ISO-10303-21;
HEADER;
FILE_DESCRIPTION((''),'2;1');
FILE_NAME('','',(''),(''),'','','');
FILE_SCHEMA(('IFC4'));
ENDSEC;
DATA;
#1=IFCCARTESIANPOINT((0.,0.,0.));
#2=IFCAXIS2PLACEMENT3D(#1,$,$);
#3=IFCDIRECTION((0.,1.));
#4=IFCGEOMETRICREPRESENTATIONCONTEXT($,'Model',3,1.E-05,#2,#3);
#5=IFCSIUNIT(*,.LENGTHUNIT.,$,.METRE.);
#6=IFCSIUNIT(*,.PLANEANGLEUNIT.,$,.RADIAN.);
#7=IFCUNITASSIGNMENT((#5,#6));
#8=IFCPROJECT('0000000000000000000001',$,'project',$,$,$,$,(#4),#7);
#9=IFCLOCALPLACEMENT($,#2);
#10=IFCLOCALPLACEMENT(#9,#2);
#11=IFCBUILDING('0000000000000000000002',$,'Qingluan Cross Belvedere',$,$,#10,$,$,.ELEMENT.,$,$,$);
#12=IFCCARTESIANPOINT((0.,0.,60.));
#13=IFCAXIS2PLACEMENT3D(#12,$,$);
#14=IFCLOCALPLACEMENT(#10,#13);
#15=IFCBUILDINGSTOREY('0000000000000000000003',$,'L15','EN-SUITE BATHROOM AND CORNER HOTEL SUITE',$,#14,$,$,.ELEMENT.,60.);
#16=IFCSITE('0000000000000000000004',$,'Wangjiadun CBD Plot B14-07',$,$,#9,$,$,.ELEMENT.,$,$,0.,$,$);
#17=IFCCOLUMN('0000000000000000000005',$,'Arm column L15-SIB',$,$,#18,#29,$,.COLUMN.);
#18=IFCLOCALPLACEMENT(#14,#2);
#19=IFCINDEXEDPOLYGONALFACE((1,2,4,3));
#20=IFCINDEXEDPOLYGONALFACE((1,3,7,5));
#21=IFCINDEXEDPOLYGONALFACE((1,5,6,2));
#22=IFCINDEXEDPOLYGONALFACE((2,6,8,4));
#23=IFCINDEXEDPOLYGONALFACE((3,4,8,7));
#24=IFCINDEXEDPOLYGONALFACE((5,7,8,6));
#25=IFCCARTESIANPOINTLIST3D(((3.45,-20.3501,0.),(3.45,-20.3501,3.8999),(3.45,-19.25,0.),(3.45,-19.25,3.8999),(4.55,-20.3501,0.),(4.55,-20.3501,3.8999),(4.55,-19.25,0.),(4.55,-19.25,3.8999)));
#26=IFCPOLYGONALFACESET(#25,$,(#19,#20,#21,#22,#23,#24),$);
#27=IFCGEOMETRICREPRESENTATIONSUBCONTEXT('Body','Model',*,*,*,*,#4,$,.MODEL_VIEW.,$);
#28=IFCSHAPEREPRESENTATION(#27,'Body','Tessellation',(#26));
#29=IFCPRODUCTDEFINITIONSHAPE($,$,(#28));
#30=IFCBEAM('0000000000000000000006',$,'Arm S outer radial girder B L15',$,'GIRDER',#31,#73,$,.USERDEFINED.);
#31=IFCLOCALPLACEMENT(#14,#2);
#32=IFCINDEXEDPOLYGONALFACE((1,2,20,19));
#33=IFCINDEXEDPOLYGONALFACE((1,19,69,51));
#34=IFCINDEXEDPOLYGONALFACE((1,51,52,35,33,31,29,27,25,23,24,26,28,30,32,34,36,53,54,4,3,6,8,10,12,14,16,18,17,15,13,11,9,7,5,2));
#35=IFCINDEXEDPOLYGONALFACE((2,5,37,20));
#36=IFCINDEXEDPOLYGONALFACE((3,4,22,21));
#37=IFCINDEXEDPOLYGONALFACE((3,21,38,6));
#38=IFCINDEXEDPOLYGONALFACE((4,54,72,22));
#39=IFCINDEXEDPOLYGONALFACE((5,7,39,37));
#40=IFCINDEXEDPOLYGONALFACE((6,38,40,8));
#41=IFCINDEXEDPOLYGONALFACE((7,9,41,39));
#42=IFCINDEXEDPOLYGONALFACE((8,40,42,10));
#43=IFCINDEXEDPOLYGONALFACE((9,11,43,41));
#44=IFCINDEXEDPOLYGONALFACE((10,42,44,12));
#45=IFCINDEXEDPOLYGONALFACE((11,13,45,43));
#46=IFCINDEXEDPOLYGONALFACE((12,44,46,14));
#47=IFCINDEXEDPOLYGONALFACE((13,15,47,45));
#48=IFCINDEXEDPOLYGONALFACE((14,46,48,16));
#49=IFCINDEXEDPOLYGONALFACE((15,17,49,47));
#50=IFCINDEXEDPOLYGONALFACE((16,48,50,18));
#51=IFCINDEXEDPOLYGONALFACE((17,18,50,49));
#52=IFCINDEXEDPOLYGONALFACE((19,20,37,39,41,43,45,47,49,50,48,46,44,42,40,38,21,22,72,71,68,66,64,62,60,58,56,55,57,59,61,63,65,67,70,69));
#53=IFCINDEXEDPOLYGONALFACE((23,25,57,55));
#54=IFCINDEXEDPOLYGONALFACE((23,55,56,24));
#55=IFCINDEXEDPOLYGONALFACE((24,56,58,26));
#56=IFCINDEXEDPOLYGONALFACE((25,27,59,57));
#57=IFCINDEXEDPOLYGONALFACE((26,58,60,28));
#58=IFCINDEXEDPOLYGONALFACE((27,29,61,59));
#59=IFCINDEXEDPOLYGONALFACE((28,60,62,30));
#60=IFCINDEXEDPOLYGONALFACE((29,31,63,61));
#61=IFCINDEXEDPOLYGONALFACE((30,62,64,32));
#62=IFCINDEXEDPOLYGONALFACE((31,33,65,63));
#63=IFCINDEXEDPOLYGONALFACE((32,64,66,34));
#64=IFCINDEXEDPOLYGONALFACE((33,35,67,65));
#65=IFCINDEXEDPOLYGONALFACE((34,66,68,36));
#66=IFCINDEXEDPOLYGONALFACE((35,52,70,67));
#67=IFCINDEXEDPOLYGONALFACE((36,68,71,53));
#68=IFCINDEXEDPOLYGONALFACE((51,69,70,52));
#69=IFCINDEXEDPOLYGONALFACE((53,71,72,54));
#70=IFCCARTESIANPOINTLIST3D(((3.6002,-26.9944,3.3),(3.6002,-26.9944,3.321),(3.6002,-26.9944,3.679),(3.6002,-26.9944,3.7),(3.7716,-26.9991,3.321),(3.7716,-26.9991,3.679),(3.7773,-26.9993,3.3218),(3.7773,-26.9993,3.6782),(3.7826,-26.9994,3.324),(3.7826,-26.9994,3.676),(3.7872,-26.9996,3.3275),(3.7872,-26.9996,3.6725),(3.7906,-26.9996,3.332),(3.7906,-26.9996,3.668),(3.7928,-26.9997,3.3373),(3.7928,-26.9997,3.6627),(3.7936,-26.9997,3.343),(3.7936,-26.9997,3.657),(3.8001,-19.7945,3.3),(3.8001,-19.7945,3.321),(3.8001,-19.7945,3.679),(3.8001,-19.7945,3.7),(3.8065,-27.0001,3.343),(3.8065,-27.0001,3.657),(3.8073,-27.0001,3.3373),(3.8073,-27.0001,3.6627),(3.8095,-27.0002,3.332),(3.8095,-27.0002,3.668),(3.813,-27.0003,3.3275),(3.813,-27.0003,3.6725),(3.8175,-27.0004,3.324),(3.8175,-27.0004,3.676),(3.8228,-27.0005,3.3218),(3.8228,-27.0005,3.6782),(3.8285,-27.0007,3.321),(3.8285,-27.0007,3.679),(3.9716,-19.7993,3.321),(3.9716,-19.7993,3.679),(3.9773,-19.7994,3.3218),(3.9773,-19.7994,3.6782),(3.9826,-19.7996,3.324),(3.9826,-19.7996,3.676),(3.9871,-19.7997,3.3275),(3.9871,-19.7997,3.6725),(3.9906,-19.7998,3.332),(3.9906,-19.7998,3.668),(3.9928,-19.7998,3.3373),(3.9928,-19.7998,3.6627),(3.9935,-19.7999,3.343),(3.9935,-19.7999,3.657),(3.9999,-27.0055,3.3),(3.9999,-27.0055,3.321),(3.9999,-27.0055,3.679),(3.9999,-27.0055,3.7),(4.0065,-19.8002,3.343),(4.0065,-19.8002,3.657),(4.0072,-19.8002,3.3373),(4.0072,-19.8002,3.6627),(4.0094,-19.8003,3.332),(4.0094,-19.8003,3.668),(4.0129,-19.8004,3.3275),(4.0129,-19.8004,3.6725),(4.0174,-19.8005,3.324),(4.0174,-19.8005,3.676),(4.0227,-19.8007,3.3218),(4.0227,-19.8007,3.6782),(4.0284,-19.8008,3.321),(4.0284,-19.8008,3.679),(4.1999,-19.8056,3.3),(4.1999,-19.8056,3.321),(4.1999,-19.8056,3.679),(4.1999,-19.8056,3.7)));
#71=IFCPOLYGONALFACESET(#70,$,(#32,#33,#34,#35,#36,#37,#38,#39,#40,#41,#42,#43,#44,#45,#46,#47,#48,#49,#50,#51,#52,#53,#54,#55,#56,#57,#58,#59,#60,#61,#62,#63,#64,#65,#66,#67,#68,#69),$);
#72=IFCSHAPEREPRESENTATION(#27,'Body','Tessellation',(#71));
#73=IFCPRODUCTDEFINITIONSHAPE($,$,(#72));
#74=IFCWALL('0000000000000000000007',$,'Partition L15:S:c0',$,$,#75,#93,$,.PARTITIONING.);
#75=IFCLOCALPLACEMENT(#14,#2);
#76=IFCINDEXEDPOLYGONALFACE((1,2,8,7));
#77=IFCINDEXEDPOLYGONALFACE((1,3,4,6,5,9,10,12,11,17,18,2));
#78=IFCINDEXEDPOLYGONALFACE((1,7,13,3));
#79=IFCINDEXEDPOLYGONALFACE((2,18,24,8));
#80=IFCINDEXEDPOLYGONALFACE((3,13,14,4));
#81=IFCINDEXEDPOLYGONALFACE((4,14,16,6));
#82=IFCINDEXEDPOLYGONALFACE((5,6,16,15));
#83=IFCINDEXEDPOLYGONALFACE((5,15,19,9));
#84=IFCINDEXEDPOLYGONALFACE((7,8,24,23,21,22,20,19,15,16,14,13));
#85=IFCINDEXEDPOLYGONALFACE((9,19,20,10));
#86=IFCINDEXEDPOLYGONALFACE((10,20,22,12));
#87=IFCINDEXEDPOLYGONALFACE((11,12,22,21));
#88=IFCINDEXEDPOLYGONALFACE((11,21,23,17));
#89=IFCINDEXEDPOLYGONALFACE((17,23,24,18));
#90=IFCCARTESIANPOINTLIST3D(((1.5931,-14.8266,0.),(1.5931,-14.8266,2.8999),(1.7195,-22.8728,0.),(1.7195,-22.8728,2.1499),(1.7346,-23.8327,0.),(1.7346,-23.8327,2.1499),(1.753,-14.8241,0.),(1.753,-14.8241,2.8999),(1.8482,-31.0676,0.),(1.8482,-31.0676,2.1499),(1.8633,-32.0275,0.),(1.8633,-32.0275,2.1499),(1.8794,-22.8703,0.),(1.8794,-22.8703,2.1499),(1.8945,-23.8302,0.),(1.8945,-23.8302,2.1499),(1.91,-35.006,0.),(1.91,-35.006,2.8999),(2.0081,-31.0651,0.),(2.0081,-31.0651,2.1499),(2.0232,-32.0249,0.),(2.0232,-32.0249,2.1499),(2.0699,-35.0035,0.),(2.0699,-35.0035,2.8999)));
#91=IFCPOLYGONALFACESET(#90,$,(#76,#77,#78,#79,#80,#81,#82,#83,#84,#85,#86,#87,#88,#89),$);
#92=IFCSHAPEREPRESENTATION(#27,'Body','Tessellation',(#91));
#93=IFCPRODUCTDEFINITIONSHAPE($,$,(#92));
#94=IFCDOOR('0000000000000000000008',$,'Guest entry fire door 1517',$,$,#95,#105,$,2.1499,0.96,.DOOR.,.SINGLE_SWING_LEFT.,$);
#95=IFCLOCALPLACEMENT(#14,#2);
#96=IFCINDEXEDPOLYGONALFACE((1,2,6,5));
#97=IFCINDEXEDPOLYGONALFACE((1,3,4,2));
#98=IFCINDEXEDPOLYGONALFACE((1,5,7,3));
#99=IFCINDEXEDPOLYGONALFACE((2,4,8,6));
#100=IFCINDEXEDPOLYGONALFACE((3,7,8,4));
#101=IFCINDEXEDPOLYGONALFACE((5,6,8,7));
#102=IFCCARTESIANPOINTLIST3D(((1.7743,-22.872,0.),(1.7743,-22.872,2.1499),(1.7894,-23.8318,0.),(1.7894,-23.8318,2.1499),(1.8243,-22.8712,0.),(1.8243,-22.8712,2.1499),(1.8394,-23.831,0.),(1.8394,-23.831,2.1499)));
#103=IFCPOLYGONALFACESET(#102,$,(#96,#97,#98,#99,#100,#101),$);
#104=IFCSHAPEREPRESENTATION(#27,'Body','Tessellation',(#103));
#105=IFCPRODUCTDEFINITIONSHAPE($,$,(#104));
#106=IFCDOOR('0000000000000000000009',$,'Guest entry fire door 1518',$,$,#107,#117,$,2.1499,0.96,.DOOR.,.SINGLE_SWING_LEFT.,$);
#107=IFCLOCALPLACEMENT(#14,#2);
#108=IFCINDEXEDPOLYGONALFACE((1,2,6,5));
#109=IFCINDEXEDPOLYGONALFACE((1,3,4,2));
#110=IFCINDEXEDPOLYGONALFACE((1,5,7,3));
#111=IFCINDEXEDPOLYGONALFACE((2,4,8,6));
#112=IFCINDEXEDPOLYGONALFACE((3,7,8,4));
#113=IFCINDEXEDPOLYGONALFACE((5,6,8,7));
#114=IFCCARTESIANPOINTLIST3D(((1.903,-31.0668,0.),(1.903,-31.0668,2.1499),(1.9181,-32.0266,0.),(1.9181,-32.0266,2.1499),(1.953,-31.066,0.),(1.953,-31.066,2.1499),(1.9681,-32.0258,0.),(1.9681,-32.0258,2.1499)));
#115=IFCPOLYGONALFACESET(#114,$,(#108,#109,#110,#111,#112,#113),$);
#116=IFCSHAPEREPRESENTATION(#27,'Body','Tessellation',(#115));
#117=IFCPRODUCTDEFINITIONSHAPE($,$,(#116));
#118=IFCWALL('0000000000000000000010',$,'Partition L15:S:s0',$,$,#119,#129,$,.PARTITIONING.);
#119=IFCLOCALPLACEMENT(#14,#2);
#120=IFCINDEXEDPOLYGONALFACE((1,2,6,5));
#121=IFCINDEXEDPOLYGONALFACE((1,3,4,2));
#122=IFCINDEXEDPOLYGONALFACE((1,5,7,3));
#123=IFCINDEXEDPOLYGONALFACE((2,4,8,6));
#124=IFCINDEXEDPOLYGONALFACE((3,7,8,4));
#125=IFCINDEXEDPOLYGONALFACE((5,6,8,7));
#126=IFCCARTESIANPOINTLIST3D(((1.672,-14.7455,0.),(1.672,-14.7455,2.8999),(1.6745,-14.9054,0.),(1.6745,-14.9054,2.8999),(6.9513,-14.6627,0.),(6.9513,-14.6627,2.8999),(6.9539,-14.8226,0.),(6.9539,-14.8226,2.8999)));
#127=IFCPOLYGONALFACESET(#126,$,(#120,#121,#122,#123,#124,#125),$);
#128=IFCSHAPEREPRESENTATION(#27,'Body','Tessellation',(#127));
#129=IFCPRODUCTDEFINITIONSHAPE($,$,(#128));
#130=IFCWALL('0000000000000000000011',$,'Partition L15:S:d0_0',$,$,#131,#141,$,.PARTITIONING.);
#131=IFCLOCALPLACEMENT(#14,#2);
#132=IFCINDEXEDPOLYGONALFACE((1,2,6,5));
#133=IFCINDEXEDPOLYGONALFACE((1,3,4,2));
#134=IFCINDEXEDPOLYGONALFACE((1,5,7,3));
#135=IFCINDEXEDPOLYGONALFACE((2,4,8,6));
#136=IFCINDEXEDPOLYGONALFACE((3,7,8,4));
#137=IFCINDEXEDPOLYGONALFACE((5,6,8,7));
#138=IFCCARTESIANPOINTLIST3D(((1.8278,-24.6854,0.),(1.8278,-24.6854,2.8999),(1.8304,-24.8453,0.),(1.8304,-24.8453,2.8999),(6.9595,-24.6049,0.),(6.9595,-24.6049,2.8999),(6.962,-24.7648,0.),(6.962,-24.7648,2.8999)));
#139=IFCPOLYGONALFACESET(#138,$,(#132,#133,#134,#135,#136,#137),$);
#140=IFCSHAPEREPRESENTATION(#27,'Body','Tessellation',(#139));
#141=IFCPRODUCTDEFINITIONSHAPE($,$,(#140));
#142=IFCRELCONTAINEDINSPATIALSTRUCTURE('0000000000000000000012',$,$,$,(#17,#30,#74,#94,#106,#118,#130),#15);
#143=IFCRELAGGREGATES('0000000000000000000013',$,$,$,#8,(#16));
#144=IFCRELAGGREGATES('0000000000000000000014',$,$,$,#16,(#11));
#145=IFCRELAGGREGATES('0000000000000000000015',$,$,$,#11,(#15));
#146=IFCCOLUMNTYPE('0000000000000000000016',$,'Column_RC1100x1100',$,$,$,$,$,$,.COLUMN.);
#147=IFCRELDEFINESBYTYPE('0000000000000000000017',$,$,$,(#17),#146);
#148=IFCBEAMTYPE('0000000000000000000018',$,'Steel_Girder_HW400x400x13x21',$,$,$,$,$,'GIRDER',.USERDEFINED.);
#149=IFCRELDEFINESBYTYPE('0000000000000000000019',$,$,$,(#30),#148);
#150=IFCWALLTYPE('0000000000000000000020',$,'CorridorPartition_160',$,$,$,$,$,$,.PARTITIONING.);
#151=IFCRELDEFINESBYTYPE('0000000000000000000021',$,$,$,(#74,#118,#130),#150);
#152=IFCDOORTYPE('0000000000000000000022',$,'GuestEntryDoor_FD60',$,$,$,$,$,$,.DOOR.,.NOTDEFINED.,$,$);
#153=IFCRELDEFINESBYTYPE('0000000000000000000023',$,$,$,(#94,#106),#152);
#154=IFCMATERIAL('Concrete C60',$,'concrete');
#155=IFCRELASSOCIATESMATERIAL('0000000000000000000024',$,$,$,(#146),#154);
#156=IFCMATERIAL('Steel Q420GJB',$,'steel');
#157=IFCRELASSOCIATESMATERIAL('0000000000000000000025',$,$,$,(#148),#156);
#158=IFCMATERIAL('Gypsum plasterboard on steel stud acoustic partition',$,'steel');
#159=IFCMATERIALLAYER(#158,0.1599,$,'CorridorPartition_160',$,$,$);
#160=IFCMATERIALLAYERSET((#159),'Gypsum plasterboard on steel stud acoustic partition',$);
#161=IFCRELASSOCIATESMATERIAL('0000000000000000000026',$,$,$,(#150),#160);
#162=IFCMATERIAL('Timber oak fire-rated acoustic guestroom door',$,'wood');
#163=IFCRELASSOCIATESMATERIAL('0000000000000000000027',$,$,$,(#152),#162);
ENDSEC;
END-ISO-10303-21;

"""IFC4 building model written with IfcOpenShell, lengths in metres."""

from ifc_helpers import new_model, si_unit, direction, frame, frame_2d, origin, origin_2d, place, context, subcontext, project, spatial, rectangle, i_section, extrude, material, layer, layer_set, material_profile, profile_set, type_object, element, fill, save


model = new_model("IFC4")

# Units and contexts
model_context = context("Model", 3, precision=1e-05, world=origin(), true_north=direction((0.0, 1.0)))
body_context = subcontext(model_context, "Body", "Model", "MODEL_VIEW")
ifc_project = project(units=[si_unit("LENGTHUNIT", "METRE"), si_unit("PLANEANGLEUNIT", "RADIAN")], contexts=[model_context])

# Site, building, storey
site_placement = place(None, origin())
site = spatial("IfcSite", under=ifc_project, at=site_placement, Name="Wangjiadun CBD Plot B14-07", CompositionType="ELEMENT", RefElevation=0.0)
building_placement = place(site_placement, origin())
building = spatial("IfcBuilding", under=site, at=building_placement, Name="Qingluan Cross Belvedere", CompositionType="ELEMENT")
storey_placement = place(building_placement, frame((0.0, 0.0, 60.0)))
storey = spatial("IfcBuildingStorey", under=building, at=storey_placement, Name="L15", Description="EN-SUITE BATHROOM AND CORNER HOTEL SUITE", CompositionType="ELEMENT", Elevation=60.0)

# Column
ifc_material_1 = material(Name="Concrete C60", Category="concrete")
ifc_material_profile_1 = material_profile(ifc_material_1, rectangle(XDim=1.1001, YDim=1.1001, at=origin_2d()), Name="RC1100x1100")
ifc_profile_set_1 = profile_set([ifc_material_profile_1], Name="Concrete C60")
column_type = type_object("IfcColumnType", Name="Column_RC1100x1100", PredefinedType="COLUMN", material=ifc_profile_set_1)
column_placement = place(storey_placement, frame((4.0, -19.8, 0.0), z_axis=(0.0, 0.0, 1.0), x_axis=(1.0, 0.0, 0.0)))
element("IfcColumn", 1, at=column_placement, inside=storey, type_object=column_type, Name="Arm column L15-SIB", PredefinedType="COLUMN", context=body_context, shape_type="SweptSolid", body=[
    extrude(rectangle(XDim=1.1001, YDim=1.1001, at=origin_2d()), origin(), (0.0, 0.0, 1.0), 3.8999),
])

# Beam
ifc_material_2 = material(Name="Steel Q420GJB", Category="steel")
ifc_material_profile_2 = material_profile(ifc_material_2, i_section(OverallWidth=0.3999, OverallDepth=0.3999, WebThickness=0.0129, FlangeThickness=0.021, FilletRadius=0.022, at=origin_2d()), Name="HW400x400x13x21")
ifc_profile_set_2 = profile_set([ifc_material_profile_2], Name="Steel Q420GJB")
beam_type = type_object("IfcBeamType", Name="Steel_Girder_HW400x400x13x21", ElementType="GIRDER", PredefinedType="USERDEFINED", material=ifc_profile_set_2)
beam_placement = place(storey_placement, frame((4.0, -19.8, 3.5), z_axis=(-0.02776, -0.999615, 0.0), x_axis=(0.999615, -0.02776, 0.0)))
element("IfcBeam", 2, at=beam_placement, inside=storey, type_object=beam_type, Name="Arm S outer radial girder B L15", ObjectType="GIRDER", PredefinedType="USERDEFINED", context=body_context, shape_type="SweptSolid", body=[
    extrude(i_section(OverallWidth=0.3999, OverallDepth=0.3999, WebThickness=0.0129, FlangeThickness=0.021, FilletRadius=0.022, at=origin_2d()), origin(), (0.0, 0.0, 1.0), 7.2026),
])

# Wall, openings, doors
ifc_material_3 = material(Name="Gypsum plasterboard on steel stud acoustic partition", Category="steel")
ifc_layer_1 = layer(ifc_material_3, 0.1599, Name="CorridorPartition_160")
ifc_layer_set_1 = layer_set([ifc_layer_1], Name="Gypsum plasterboard on steel stud acoustic partition")
wall_type_1 = type_object("IfcWallType", Name="CorridorPartition_160", PredefinedType="PARTITIONING", material=ifc_layer_set_1)
wall_1_placement = place(storey_placement, frame((1.6731, -14.8254, 0.0), z_axis=(0.0, 0.0, 1.0), x_axis=(0.015702, -0.999877, 0.0)))
wall_1 = element("IfcWall", 3, at=wall_1_placement, inside=storey, type_object=wall_type_1, Name="Partition L15:S:c0", PredefinedType="PARTITIONING", context=body_context, shape_type="SweptSolid", body=[
    extrude(rectangle(XDim=20.1819, YDim=0.1599, at=frame_2d((10.0908, 0.0))), origin(), (0.0, 0.0, 1.0), 2.8999),
])
opening_1_placement = place(wall_1_placement, frame((8.0471, 0.0, 0.0)))
opening_1 = element("IfcOpeningElement", 4, at=opening_1_placement, cuts=wall_1, PredefinedType="OPENING", context=body_context, shape_type="SweptSolid", body=[
    extrude(rectangle(XDim=0.96, YDim=2.1499, at=frame_2d((0.48, 1.075))), frame((0.0, 0.0898, 0.0), z_axis=(0.0, -1.0, 0.0), x_axis=(1.0, 0.0, 0.0)), (0.0, 0.0, 1.0), 0.1799),
])
opening_2_placement = place(wall_1_placement, frame((16.2429, 0.0, 0.0)))
opening_2 = element("IfcOpeningElement", 5, at=opening_2_placement, cuts=wall_1, PredefinedType="OPENING", context=body_context, shape_type="SweptSolid", body=[
    extrude(rectangle(XDim=0.96, YDim=2.1499, at=frame_2d((0.48, 1.075))), frame((0.0, 0.0898, 0.0), z_axis=(0.0, -1.0, 0.0), x_axis=(1.0, 0.0, 0.0)), (0.0, 0.0, 1.0), 0.1799),
])
ifc_material_4 = material(Name="Timber oak fire-rated acoustic guestroom door", Category="wood")
door_type_1 = type_object("IfcDoorType", Name="GuestEntryDoor_FD60", OperationType="NOTDEFINED", PredefinedType="DOOR", material=ifc_material_4)
door_1_placement = place(opening_1_placement, origin())
door_1 = element("IfcDoor", 6, at=door_1_placement, inside=storey, type_object=door_type_1, Name="Guest entry fire door 1517", OperationType="SINGLE_SWING_LEFT", OverallHeight=2.1499, OverallWidth=0.96, PredefinedType="DOOR", context=body_context, shape_type="SweptSolid", body=[
    extrude(rectangle(XDim=0.96, YDim=2.1499, at=frame_2d((0.48, 1.075))), frame((0.0, 0.0249, 0.0), z_axis=(0.0, -1.0, 0.0), x_axis=(1.0, 0.0, 0.0)), (0.0, 0.0, 1.0), 0.05),
])
fill(opening_1, door_1)
door_2_placement = place(opening_2_placement, origin())
door_2 = element("IfcDoor", 7, at=door_2_placement, inside=storey, type_object=door_type_1, Name="Guest entry fire door 1518", OperationType="SINGLE_SWING_LEFT", OverallHeight=2.1499, OverallWidth=0.96, PredefinedType="DOOR", context=body_context, shape_type="SweptSolid", body=[
    extrude(rectangle(XDim=0.96, YDim=2.1499, at=frame_2d((0.48, 1.075))), frame((0.0, 0.0249, 0.0), z_axis=(0.0, -1.0, 0.0), x_axis=(1.0, 0.0, 0.0)), (0.0, 0.0, 1.0), 0.05),
])
fill(opening_2, door_2)

# Walls
wall_2_placement = place(storey_placement, frame((1.6731, -14.8254, 0.0), z_axis=(0.0, 0.0, 1.0), x_axis=(0.999877, 0.015675, 0.0)))
element("IfcWall", 8, at=wall_2_placement, inside=storey, type_object=wall_type_1, Name="Partition L15:S:s0", PredefinedType="PARTITIONING", context=body_context, shape_type="SweptSolid", body=[
    extrude(rectangle(XDim=5.28, YDim=0.1599, at=frame_2d((2.6401, 0.0))), origin(), (0.0, 0.0, 1.0), 2.8999),
])
wall_3_placement = place(storey_placement, frame((1.8291, -24.7654, 0.0), z_axis=(0.0, 0.0, 1.0), x_axis=(0.999877, 0.015698, 0.0)))
element("IfcWall", 9, at=wall_3_placement, inside=storey, type_object=wall_type_1, Name="Partition L15:S:d0_0", PredefinedType="PARTITIONING", context=body_context, shape_type="SweptSolid", body=[
    extrude(rectangle(XDim=5.1323, YDim=0.1599, at=frame_2d((2.5662, 0.0))), origin(), (0.0, 0.0, 1.0), 2.8999),
])

save(model, "model.ifc")
